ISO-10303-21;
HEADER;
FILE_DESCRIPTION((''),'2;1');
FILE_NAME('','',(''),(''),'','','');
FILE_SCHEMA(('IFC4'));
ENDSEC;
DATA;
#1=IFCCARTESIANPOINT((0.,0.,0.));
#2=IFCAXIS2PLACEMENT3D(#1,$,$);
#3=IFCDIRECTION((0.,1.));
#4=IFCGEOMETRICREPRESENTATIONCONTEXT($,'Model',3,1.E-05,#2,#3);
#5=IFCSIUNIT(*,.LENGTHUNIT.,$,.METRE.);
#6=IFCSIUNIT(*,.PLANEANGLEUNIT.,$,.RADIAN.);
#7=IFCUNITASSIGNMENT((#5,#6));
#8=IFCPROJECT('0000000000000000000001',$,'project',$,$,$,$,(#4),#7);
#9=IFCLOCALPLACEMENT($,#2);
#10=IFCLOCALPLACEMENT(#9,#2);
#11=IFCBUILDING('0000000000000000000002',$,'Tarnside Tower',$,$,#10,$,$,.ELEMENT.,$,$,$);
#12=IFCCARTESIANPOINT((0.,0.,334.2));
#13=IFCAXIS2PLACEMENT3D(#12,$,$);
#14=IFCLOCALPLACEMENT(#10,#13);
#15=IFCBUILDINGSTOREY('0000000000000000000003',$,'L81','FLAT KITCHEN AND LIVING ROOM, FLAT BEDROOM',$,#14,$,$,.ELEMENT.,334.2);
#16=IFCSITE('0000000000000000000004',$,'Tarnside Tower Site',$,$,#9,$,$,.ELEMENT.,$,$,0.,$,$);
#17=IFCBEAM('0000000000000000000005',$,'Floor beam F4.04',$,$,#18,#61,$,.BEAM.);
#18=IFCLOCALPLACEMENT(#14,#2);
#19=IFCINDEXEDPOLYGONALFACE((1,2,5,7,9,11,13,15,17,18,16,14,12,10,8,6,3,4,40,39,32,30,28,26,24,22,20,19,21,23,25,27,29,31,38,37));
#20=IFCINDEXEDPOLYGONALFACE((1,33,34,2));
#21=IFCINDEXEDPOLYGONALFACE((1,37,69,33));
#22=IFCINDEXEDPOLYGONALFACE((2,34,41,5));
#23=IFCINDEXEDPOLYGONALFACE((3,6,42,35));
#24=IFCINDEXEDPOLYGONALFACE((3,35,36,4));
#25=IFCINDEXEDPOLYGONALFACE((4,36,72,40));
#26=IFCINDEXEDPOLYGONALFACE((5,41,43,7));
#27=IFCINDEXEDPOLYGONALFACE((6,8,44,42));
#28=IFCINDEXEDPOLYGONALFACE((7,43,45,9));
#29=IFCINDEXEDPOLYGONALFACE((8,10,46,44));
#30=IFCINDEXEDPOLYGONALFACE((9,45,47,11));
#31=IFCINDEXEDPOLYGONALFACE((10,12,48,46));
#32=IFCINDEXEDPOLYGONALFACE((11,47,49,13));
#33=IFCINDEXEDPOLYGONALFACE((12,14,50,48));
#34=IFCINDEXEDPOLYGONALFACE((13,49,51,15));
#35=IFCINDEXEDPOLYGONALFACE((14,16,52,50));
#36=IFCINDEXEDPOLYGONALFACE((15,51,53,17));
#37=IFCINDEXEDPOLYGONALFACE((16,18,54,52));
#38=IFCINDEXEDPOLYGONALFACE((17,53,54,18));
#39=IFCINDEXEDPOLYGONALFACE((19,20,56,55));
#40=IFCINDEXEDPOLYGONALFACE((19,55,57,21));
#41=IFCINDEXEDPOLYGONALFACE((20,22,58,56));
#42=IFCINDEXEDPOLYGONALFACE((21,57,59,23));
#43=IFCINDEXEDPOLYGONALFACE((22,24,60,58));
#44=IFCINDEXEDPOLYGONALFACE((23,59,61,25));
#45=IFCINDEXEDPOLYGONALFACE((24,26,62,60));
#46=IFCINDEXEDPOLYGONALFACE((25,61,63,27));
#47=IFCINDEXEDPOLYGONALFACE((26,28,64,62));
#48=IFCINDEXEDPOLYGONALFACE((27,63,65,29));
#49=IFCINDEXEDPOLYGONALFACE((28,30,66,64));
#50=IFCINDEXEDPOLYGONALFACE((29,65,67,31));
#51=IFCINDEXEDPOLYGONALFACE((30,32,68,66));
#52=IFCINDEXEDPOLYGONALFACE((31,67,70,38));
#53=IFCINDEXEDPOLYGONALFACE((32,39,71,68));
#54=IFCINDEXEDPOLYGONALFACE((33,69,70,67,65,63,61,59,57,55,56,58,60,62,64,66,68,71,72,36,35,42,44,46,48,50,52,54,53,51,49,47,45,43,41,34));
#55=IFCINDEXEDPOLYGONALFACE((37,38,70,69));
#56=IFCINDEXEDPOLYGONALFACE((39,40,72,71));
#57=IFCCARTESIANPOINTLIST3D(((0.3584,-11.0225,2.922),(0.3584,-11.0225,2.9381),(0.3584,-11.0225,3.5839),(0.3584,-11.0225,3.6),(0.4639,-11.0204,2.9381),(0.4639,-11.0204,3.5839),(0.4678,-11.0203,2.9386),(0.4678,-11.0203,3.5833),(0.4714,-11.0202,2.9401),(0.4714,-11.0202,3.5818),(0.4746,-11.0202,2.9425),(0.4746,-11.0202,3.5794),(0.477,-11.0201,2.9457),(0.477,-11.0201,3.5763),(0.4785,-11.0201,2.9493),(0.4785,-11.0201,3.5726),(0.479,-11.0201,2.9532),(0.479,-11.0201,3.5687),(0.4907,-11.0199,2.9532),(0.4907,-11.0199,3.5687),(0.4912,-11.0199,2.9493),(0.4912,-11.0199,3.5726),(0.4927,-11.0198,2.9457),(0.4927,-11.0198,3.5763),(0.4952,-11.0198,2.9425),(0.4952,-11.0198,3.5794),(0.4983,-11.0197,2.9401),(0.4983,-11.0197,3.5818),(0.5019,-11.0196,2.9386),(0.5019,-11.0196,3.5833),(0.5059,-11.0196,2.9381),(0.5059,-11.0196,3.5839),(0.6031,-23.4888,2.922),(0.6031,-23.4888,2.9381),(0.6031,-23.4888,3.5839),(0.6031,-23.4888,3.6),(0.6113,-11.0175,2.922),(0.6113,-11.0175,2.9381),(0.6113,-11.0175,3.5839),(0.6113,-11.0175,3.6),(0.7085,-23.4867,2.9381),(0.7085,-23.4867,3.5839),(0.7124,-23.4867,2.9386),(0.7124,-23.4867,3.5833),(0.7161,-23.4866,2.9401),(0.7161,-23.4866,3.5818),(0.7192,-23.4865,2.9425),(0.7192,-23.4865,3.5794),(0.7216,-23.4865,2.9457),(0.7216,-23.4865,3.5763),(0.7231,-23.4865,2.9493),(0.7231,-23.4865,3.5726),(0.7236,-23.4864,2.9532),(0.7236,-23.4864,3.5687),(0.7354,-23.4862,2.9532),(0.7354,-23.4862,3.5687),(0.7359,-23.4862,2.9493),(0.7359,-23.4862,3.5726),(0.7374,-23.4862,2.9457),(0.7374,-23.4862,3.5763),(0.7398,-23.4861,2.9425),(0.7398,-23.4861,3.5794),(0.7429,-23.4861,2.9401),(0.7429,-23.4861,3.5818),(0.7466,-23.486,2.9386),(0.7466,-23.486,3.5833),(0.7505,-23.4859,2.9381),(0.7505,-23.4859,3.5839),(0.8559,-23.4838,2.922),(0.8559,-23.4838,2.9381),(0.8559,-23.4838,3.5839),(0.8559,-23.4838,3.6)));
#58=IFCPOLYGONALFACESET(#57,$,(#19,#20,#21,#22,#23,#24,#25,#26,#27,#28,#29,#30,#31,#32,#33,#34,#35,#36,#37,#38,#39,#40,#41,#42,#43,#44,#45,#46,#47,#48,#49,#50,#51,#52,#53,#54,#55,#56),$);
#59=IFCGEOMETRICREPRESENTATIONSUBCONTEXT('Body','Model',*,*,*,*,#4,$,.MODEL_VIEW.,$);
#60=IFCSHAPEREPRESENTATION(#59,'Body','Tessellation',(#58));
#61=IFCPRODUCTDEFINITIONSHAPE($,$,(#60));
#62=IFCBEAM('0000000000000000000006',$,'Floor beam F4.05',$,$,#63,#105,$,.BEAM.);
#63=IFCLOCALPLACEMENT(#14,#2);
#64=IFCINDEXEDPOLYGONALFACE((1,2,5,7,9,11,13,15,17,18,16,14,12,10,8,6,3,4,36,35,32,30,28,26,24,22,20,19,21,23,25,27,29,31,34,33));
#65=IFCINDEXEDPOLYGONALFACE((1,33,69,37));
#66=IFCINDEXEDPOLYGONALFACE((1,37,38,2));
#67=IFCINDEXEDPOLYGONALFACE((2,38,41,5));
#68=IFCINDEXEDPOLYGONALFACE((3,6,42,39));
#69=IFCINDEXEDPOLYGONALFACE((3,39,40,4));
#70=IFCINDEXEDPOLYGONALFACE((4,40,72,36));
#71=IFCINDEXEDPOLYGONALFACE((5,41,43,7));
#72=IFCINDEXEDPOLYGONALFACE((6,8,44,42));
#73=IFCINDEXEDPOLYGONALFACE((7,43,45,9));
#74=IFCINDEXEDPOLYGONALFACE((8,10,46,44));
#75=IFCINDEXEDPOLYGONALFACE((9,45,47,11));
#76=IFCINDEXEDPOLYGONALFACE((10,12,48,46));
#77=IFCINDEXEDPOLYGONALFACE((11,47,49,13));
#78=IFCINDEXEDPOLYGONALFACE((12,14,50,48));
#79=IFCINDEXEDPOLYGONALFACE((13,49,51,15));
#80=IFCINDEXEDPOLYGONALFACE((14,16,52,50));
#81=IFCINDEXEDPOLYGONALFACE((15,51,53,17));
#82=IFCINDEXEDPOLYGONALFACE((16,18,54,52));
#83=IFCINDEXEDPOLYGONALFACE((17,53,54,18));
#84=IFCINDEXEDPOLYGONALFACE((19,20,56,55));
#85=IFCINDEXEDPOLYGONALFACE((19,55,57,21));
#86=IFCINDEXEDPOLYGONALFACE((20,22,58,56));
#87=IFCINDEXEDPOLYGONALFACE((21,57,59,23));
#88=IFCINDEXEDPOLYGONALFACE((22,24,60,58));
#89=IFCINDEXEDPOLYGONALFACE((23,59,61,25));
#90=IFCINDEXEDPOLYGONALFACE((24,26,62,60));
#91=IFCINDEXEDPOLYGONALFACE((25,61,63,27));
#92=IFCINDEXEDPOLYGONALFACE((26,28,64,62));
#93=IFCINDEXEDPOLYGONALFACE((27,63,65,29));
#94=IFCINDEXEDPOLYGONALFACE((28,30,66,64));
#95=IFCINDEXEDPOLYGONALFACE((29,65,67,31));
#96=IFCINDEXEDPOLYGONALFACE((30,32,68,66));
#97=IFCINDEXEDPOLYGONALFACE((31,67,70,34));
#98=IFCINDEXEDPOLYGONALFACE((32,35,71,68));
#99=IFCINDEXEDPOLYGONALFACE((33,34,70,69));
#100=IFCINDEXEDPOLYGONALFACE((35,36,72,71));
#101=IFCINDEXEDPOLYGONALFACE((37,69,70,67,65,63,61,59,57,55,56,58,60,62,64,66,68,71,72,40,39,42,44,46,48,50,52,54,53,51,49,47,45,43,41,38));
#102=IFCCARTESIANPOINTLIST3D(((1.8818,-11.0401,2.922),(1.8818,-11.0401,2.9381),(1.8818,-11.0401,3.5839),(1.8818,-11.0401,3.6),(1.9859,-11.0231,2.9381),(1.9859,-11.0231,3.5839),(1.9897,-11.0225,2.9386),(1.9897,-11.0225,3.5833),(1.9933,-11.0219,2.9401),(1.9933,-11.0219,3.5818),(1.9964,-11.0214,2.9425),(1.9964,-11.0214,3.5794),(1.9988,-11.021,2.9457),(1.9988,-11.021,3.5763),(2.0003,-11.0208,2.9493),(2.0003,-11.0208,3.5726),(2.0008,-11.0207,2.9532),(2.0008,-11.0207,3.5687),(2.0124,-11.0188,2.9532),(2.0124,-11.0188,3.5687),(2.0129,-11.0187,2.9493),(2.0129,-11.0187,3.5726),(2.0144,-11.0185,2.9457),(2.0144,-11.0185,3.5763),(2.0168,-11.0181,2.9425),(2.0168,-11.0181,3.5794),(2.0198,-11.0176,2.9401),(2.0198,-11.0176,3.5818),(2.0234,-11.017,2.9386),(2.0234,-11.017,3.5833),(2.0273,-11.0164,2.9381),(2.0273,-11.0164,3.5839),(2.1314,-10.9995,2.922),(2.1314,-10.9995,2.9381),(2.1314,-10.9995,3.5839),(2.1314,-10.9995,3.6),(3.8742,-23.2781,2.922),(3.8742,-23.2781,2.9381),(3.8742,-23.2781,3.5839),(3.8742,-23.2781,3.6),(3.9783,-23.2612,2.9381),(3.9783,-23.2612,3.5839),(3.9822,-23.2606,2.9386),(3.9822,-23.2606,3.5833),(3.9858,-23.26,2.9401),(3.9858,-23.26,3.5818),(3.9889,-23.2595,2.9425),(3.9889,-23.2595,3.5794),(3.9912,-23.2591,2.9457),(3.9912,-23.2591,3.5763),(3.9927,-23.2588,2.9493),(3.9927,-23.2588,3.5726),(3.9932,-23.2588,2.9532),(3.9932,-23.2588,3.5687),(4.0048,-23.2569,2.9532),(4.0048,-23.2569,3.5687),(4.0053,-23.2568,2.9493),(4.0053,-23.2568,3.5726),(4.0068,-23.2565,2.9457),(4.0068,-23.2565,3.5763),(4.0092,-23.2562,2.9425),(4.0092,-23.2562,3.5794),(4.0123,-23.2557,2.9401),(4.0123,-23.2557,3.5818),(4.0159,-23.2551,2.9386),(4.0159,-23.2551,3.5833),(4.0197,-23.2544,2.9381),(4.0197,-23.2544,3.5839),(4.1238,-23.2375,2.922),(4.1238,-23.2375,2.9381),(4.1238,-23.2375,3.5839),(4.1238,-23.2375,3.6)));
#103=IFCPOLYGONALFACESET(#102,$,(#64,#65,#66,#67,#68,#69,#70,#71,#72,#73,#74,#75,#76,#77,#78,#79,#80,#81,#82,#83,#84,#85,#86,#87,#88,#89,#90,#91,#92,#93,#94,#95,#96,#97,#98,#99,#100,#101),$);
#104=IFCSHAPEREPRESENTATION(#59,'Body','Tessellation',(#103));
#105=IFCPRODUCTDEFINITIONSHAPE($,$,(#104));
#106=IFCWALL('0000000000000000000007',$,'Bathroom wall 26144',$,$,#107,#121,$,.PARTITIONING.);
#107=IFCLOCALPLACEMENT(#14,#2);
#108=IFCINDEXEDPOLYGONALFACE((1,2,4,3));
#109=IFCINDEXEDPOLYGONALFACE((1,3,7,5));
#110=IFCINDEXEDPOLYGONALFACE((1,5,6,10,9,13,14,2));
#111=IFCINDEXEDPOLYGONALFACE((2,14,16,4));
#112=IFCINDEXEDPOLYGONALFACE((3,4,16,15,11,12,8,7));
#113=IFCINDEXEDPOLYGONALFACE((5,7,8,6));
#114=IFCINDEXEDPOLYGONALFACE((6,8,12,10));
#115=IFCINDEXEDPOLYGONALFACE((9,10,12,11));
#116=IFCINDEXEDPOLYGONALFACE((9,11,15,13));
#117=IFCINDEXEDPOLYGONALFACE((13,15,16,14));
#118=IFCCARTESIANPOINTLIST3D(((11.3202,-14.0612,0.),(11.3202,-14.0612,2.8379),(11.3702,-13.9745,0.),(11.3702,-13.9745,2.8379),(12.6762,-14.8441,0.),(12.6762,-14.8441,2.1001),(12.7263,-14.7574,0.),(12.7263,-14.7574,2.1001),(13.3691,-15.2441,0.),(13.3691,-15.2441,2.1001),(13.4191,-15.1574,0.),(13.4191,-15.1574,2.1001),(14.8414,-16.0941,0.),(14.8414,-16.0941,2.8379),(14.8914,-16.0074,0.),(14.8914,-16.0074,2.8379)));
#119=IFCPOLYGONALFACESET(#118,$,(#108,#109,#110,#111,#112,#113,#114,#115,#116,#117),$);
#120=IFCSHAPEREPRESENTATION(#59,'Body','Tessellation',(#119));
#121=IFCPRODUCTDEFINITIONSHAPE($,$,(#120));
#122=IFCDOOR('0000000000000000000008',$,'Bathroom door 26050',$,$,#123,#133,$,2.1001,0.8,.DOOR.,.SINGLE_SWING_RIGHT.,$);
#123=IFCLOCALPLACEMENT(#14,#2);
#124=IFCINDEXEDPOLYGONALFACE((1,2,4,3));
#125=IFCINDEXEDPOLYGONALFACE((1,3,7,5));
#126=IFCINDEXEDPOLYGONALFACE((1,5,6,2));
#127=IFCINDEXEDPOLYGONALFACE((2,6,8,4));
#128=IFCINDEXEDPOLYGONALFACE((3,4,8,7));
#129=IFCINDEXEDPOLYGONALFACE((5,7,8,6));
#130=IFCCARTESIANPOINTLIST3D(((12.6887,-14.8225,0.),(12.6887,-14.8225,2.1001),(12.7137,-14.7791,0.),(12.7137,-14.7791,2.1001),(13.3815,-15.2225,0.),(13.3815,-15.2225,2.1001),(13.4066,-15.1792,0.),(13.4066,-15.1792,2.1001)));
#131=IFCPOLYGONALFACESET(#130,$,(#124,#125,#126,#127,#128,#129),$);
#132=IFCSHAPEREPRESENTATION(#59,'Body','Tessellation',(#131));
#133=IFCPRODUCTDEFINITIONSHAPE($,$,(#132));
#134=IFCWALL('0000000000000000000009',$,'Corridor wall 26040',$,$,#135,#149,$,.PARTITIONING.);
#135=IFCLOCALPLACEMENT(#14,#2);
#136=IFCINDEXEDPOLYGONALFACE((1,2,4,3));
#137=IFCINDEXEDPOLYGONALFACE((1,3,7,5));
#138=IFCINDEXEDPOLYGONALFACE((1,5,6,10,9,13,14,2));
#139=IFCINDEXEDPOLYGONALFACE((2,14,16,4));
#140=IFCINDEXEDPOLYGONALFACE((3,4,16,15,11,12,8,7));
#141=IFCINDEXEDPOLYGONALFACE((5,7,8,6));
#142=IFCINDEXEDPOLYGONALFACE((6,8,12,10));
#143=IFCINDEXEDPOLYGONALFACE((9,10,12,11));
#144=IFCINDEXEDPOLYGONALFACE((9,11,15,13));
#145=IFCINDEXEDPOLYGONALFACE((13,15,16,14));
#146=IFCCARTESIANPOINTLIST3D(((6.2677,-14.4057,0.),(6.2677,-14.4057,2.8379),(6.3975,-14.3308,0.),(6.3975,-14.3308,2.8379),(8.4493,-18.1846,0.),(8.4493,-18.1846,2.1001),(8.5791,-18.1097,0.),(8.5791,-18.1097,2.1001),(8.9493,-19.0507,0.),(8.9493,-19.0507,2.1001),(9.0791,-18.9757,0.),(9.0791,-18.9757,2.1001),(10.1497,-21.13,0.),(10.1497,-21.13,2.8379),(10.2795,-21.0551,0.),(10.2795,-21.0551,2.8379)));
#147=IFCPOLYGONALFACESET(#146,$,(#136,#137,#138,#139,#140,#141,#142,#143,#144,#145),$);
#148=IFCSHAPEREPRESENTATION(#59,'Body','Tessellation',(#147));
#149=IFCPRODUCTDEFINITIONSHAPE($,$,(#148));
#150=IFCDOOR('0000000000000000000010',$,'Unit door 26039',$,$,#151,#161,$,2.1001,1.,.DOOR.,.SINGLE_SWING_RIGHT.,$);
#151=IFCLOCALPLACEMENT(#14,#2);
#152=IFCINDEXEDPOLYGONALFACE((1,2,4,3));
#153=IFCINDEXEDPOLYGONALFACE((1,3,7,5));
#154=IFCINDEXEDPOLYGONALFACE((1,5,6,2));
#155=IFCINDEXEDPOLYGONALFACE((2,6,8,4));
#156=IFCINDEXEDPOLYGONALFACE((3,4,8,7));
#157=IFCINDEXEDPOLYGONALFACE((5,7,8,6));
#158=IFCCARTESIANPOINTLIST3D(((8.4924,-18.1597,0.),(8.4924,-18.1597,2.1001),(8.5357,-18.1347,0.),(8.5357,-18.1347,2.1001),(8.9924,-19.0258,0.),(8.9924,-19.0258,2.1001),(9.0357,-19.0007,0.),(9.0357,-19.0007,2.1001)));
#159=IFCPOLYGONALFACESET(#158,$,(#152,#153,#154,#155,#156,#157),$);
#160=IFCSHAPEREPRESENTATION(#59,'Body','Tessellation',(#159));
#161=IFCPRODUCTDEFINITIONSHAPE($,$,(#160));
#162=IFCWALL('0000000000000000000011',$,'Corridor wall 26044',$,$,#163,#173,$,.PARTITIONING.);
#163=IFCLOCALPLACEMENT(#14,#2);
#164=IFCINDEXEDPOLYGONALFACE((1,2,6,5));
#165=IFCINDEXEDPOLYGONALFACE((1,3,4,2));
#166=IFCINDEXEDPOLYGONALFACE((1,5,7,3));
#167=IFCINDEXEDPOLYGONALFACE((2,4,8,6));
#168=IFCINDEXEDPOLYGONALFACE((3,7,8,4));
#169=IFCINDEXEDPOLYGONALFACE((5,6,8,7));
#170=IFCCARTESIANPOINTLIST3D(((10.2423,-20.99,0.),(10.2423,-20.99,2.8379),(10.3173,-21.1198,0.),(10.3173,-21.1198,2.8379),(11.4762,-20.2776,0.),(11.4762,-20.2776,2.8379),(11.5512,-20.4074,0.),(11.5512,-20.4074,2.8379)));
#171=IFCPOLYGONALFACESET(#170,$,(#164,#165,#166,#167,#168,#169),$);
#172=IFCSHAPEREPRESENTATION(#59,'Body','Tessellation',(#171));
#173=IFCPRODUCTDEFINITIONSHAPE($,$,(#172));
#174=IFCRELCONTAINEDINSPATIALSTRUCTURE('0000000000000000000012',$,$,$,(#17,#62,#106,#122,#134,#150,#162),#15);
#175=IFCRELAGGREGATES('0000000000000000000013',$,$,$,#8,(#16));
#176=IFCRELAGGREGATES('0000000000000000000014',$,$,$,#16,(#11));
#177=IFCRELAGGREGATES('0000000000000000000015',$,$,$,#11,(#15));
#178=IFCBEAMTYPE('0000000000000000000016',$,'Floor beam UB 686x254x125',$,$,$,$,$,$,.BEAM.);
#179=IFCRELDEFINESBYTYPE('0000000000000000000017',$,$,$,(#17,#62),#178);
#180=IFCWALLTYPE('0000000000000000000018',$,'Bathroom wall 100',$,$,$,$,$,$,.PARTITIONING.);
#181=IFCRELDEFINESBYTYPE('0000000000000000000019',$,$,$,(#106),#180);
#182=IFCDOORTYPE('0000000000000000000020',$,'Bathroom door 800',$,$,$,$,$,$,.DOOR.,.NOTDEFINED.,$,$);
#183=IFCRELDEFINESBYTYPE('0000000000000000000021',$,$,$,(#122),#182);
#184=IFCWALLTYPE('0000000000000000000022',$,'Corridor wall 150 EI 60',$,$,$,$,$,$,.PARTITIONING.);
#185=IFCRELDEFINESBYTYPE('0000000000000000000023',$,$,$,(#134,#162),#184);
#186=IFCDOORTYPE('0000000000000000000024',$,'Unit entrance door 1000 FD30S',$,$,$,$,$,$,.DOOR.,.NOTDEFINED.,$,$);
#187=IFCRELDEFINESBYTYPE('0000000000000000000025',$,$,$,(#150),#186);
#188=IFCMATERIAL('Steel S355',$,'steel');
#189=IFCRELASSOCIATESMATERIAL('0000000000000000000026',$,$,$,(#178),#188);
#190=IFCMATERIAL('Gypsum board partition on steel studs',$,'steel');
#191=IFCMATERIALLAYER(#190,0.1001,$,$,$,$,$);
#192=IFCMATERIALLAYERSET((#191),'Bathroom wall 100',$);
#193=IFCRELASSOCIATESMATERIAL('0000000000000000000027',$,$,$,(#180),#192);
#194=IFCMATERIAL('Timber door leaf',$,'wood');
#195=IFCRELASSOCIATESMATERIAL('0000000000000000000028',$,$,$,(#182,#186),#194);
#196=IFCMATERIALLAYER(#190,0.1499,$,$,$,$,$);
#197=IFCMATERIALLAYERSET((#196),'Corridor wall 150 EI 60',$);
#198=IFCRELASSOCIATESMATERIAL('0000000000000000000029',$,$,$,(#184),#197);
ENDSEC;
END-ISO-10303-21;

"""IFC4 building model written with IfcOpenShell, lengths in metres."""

from ifc_helpers import new_model, si_unit, direction, frame, frame_2d, origin, origin_2d, place, context, subcontext, project, spatial, rectangle, i_section, extrude, material, layer, layer_set, material_profile, profile_set, type_object, element, fill, save


model = new_model("IFC4")

# Units and contexts
model_context = context("Model", 3, precision=1e-05, world=origin(), true_north=direction((0.0, 1.0)))
body_context = subcontext(model_context, "Body", "Model", "MODEL_VIEW")
ifc_project = project(units=[si_unit("LENGTHUNIT", "METRE"), si_unit("PLANEANGLEUNIT", "RADIAN")], contexts=[model_context])

# Site, building, storey
site_placement = place(None, origin())
site = spatial("IfcSite", under=ifc_project, at=site_placement, Name="Tarnside Tower Site", CompositionType="ELEMENT", RefElevation=0.0)
building_placement = place(site_placement, origin())
building = spatial("IfcBuilding", under=site, at=building_placement, Name="Tarnside Tower", CompositionType="ELEMENT")
storey_placement = place(building_placement, frame((0.0, 0.0, 334.2)))
storey = spatial("IfcBuildingStorey", under=building, at=storey_placement, Name="L81", Description="FLAT KITCHEN AND LIVING ROOM, FLAT BEDROOM", CompositionType="ELEMENT", Elevation=334.2)

# Beams
ifc_material_1 = material(Name="Steel S355", Category="steel")
ifc_material_profile = material_profile(ifc_material_1, i_section(OverallWidth=0.2529, OverallDepth=0.678, WebThickness=0.0117, FlangeThickness=0.0161, FilletRadius=0.0151, at=origin_2d()), Name="UB 686x254x125")
ifc_profile_set = profile_set([ifc_material_profile], Name="Steel S355")
beam_type = type_object("IfcBeamType", Name="Floor beam UB 686x254x125", PredefinedType="BEAM", material=ifc_profile_set)
beam_1_placement = place(storey_placement, frame((0.7295, -23.4863, 3.261), z_axis=(-0.019619, 0.999808, 0.0), x_axis=(-0.999808, -0.019619, 0.0)))
element("IfcBeam", 1, at=beam_1_placement, inside=storey, type_object=beam_type, Name="Floor beam F4.04", PredefinedType="BEAM", context=body_context, shape_type="SweptSolid", body=[
    extrude(i_section(OverallWidth=0.2529, OverallDepth=0.678, WebThickness=0.0117, FlangeThickness=0.0161, FilletRadius=0.0151, at=origin_2d()), origin(), (0.0, 0.0, 1.0), 12.4688),
])
beam_2_placement = place(storey_placement, frame((3.999, -23.2578, 3.261), z_axis=(-0.160691, 0.987005, 0.0), x_axis=(-0.987005, -0.160691, 0.0)))
element("IfcBeam", 2, at=beam_2_placement, inside=storey, type_object=beam_type, Name="Floor beam F4.05", PredefinedType="BEAM", context=body_context, shape_type="SweptSolid", body=[
    extrude(i_section(OverallWidth=0.2529, OverallDepth=0.678, WebThickness=0.0117, FlangeThickness=0.0161, FilletRadius=0.0151, at=origin_2d()), origin(), (0.0, 0.0, 1.0), 12.3992),
])

# Walls, openings, doors
ifc_material_2 = material(Name="Gypsum board partition on steel studs", Category="steel")
ifc_layer_1 = layer(ifc_material_2, 0.1001)
ifc_layer_set_1 = layer_set([ifc_layer_1], Name="Bathroom wall 100")
wall_type_1 = type_object("IfcWallType", Name="Bathroom wall 100", PredefinedType="PARTITIONING", material=ifc_layer_set_1)
wall_1_placement = place(storey_placement, frame((11.3452, -14.0178, 0.0), z_axis=(0.0, 0.0, 1.0), x_axis=(0.866029, -0.499994, 0.0)))
wall_1 = element("IfcWall", 3, at=wall_1_placement, inside=storey, type_object=wall_type_1, Name="Bathroom wall 26144", PredefinedType="PARTITIONING", context=body_context, shape_type="SweptSolid", body=[
    extrude(rectangle(XDim=4.0659, YDim=0.1001, at=frame_2d((2.033, 0.0))), origin(), (0.0, 0.0, 1.0), 2.8379),
])
opening_1_placement = place(wall_1_placement, frame((1.5659, 0.0, 0.0)))
opening_1 = element("IfcOpeningElement", 4, at=opening_1_placement, cuts=wall_1, PredefinedType="OPENING", context=body_context, shape_type="SweptSolid", body=[
    extrude(rectangle(XDim=0.8, YDim=2.1001, at=frame_2d((0.3999, 1.05))), frame((0.0, 0.0601, 0.0), z_axis=(0.0, -1.0, 0.0), x_axis=(1.0, 0.0, 0.0)), (0.0, 0.0, 1.0), 0.1201),
])
ifc_material_3 = material(Name="Timber door leaf", Category="wood")
door_type_1 = type_object("IfcDoorType", Name="Bathroom door 800", OperationType="NOTDEFINED", PredefinedType="DOOR", material=ifc_material_3)
door_1_placement = place(opening_1_placement, origin())
door_1 = element("IfcDoor", 5, at=door_1_placement, inside=storey, type_object=door_type_1, Name="Bathroom door 26050", OperationType="SINGLE_SWING_RIGHT", OverallHeight=2.1001, OverallWidth=0.8, PredefinedType="DOOR", context=body_context, shape_type="SweptSolid", body=[
    extrude(rectangle(XDim=0.8, YDim=2.1001, at=frame_2d((0.3999, 1.05))), frame((0.0, 0.0249, 0.0), z_axis=(0.0, -1.0, 0.0), x_axis=(1.0, 0.0, 0.0)), (0.0, 0.0, 1.0), 0.05),
])
fill(opening_1, door_1)
ifc_layer_2 = layer(ifc_material_2, 0.1499)
ifc_layer_set_2 = layer_set([ifc_layer_2], Name="Corridor wall 150 EI 60")
wall_type_2 = type_object("IfcWallType", Name="Corridor wall 150 EI 60", PredefinedType="PARTITIONING", material=ifc_layer_set_2)
wall_2_placement = place(storey_placement, frame((6.3325, -14.3682, 0.0), z_axis=(0.0, 0.0, 1.0), x_axis=(0.499977, -0.866038, 0.0)))
wall_2 = element("IfcWall", 6, at=wall_2_placement, inside=storey, type_object=wall_type_2, Name="Corridor wall 26040", PredefinedType="PARTITIONING", context=body_context, shape_type="SweptSolid", body=[
    extrude(rectangle(XDim=7.7644, YDim=0.1499, at=frame_2d((3.8823, 0.0))), origin(), (0.0, 0.0, 1.0), 2.8379),
])
opening_2_placement = place(wall_2_placement, frame((4.3635, 0.0, 0.0)))
opening_2 = element("IfcOpeningElement", 7, at=opening_2_placement, cuts=wall_2, PredefinedType="OPENING", context=body_context, shape_type="SweptSolid", body=[
    extrude(rectangle(XDim=1.0, YDim=2.1001, at=frame_2d((0.5, 1.05))), frame((0.0, 0.085, 0.0), z_axis=(0.0, -1.0, 0.0), x_axis=(1.0, 0.0, 0.0)), (0.0, 0.0, 1.0), 0.1699),
])
door_type_2 = type_object("IfcDoorType", Name="Unit entrance door 1000 FD30S", OperationType="NOTDEFINED", PredefinedType="DOOR", material=ifc_material_3)
door_2_placement = place(opening_2_placement, origin())
door_2 = element("IfcDoor", 8, at=door_2_placement, inside=storey, type_object=door_type_2, Name="Unit door 26039", OperationType="SINGLE_SWING_RIGHT", OverallHeight=2.1001, OverallWidth=1.0, PredefinedType="DOOR", context=body_context, shape_type="SweptSolid", body=[
    extrude(rectangle(XDim=1.0, YDim=2.1001, at=frame_2d((0.5, 1.05))), frame((0.0, 0.0249, 0.0), z_axis=(0.0, -1.0, 0.0), x_axis=(1.0, 0.0, 0.0)), (0.0, 0.0, 1.0), 0.05),
])
fill(opening_2, door_2)

# Wall
wall_3_placement = place(storey_placement, frame((10.2798, -21.0549, 0.0), z_axis=(0.0, 0.0, 1.0), x_axis=(0.86602, 0.500009, 0.0)))
element("IfcWall", 9, at=wall_3_placement, inside=storey, type_object=wall_type_2, Name="Corridor wall 26044", PredefinedType="PARTITIONING", context=body_context, shape_type="SweptSolid", body=[
    extrude(rectangle(XDim=1.4248, YDim=0.1499, at=frame_2d((0.7124, 0.0))), origin(), (0.0, 0.0, 1.0), 2.8379),
])

save(model, "model.ifc")
